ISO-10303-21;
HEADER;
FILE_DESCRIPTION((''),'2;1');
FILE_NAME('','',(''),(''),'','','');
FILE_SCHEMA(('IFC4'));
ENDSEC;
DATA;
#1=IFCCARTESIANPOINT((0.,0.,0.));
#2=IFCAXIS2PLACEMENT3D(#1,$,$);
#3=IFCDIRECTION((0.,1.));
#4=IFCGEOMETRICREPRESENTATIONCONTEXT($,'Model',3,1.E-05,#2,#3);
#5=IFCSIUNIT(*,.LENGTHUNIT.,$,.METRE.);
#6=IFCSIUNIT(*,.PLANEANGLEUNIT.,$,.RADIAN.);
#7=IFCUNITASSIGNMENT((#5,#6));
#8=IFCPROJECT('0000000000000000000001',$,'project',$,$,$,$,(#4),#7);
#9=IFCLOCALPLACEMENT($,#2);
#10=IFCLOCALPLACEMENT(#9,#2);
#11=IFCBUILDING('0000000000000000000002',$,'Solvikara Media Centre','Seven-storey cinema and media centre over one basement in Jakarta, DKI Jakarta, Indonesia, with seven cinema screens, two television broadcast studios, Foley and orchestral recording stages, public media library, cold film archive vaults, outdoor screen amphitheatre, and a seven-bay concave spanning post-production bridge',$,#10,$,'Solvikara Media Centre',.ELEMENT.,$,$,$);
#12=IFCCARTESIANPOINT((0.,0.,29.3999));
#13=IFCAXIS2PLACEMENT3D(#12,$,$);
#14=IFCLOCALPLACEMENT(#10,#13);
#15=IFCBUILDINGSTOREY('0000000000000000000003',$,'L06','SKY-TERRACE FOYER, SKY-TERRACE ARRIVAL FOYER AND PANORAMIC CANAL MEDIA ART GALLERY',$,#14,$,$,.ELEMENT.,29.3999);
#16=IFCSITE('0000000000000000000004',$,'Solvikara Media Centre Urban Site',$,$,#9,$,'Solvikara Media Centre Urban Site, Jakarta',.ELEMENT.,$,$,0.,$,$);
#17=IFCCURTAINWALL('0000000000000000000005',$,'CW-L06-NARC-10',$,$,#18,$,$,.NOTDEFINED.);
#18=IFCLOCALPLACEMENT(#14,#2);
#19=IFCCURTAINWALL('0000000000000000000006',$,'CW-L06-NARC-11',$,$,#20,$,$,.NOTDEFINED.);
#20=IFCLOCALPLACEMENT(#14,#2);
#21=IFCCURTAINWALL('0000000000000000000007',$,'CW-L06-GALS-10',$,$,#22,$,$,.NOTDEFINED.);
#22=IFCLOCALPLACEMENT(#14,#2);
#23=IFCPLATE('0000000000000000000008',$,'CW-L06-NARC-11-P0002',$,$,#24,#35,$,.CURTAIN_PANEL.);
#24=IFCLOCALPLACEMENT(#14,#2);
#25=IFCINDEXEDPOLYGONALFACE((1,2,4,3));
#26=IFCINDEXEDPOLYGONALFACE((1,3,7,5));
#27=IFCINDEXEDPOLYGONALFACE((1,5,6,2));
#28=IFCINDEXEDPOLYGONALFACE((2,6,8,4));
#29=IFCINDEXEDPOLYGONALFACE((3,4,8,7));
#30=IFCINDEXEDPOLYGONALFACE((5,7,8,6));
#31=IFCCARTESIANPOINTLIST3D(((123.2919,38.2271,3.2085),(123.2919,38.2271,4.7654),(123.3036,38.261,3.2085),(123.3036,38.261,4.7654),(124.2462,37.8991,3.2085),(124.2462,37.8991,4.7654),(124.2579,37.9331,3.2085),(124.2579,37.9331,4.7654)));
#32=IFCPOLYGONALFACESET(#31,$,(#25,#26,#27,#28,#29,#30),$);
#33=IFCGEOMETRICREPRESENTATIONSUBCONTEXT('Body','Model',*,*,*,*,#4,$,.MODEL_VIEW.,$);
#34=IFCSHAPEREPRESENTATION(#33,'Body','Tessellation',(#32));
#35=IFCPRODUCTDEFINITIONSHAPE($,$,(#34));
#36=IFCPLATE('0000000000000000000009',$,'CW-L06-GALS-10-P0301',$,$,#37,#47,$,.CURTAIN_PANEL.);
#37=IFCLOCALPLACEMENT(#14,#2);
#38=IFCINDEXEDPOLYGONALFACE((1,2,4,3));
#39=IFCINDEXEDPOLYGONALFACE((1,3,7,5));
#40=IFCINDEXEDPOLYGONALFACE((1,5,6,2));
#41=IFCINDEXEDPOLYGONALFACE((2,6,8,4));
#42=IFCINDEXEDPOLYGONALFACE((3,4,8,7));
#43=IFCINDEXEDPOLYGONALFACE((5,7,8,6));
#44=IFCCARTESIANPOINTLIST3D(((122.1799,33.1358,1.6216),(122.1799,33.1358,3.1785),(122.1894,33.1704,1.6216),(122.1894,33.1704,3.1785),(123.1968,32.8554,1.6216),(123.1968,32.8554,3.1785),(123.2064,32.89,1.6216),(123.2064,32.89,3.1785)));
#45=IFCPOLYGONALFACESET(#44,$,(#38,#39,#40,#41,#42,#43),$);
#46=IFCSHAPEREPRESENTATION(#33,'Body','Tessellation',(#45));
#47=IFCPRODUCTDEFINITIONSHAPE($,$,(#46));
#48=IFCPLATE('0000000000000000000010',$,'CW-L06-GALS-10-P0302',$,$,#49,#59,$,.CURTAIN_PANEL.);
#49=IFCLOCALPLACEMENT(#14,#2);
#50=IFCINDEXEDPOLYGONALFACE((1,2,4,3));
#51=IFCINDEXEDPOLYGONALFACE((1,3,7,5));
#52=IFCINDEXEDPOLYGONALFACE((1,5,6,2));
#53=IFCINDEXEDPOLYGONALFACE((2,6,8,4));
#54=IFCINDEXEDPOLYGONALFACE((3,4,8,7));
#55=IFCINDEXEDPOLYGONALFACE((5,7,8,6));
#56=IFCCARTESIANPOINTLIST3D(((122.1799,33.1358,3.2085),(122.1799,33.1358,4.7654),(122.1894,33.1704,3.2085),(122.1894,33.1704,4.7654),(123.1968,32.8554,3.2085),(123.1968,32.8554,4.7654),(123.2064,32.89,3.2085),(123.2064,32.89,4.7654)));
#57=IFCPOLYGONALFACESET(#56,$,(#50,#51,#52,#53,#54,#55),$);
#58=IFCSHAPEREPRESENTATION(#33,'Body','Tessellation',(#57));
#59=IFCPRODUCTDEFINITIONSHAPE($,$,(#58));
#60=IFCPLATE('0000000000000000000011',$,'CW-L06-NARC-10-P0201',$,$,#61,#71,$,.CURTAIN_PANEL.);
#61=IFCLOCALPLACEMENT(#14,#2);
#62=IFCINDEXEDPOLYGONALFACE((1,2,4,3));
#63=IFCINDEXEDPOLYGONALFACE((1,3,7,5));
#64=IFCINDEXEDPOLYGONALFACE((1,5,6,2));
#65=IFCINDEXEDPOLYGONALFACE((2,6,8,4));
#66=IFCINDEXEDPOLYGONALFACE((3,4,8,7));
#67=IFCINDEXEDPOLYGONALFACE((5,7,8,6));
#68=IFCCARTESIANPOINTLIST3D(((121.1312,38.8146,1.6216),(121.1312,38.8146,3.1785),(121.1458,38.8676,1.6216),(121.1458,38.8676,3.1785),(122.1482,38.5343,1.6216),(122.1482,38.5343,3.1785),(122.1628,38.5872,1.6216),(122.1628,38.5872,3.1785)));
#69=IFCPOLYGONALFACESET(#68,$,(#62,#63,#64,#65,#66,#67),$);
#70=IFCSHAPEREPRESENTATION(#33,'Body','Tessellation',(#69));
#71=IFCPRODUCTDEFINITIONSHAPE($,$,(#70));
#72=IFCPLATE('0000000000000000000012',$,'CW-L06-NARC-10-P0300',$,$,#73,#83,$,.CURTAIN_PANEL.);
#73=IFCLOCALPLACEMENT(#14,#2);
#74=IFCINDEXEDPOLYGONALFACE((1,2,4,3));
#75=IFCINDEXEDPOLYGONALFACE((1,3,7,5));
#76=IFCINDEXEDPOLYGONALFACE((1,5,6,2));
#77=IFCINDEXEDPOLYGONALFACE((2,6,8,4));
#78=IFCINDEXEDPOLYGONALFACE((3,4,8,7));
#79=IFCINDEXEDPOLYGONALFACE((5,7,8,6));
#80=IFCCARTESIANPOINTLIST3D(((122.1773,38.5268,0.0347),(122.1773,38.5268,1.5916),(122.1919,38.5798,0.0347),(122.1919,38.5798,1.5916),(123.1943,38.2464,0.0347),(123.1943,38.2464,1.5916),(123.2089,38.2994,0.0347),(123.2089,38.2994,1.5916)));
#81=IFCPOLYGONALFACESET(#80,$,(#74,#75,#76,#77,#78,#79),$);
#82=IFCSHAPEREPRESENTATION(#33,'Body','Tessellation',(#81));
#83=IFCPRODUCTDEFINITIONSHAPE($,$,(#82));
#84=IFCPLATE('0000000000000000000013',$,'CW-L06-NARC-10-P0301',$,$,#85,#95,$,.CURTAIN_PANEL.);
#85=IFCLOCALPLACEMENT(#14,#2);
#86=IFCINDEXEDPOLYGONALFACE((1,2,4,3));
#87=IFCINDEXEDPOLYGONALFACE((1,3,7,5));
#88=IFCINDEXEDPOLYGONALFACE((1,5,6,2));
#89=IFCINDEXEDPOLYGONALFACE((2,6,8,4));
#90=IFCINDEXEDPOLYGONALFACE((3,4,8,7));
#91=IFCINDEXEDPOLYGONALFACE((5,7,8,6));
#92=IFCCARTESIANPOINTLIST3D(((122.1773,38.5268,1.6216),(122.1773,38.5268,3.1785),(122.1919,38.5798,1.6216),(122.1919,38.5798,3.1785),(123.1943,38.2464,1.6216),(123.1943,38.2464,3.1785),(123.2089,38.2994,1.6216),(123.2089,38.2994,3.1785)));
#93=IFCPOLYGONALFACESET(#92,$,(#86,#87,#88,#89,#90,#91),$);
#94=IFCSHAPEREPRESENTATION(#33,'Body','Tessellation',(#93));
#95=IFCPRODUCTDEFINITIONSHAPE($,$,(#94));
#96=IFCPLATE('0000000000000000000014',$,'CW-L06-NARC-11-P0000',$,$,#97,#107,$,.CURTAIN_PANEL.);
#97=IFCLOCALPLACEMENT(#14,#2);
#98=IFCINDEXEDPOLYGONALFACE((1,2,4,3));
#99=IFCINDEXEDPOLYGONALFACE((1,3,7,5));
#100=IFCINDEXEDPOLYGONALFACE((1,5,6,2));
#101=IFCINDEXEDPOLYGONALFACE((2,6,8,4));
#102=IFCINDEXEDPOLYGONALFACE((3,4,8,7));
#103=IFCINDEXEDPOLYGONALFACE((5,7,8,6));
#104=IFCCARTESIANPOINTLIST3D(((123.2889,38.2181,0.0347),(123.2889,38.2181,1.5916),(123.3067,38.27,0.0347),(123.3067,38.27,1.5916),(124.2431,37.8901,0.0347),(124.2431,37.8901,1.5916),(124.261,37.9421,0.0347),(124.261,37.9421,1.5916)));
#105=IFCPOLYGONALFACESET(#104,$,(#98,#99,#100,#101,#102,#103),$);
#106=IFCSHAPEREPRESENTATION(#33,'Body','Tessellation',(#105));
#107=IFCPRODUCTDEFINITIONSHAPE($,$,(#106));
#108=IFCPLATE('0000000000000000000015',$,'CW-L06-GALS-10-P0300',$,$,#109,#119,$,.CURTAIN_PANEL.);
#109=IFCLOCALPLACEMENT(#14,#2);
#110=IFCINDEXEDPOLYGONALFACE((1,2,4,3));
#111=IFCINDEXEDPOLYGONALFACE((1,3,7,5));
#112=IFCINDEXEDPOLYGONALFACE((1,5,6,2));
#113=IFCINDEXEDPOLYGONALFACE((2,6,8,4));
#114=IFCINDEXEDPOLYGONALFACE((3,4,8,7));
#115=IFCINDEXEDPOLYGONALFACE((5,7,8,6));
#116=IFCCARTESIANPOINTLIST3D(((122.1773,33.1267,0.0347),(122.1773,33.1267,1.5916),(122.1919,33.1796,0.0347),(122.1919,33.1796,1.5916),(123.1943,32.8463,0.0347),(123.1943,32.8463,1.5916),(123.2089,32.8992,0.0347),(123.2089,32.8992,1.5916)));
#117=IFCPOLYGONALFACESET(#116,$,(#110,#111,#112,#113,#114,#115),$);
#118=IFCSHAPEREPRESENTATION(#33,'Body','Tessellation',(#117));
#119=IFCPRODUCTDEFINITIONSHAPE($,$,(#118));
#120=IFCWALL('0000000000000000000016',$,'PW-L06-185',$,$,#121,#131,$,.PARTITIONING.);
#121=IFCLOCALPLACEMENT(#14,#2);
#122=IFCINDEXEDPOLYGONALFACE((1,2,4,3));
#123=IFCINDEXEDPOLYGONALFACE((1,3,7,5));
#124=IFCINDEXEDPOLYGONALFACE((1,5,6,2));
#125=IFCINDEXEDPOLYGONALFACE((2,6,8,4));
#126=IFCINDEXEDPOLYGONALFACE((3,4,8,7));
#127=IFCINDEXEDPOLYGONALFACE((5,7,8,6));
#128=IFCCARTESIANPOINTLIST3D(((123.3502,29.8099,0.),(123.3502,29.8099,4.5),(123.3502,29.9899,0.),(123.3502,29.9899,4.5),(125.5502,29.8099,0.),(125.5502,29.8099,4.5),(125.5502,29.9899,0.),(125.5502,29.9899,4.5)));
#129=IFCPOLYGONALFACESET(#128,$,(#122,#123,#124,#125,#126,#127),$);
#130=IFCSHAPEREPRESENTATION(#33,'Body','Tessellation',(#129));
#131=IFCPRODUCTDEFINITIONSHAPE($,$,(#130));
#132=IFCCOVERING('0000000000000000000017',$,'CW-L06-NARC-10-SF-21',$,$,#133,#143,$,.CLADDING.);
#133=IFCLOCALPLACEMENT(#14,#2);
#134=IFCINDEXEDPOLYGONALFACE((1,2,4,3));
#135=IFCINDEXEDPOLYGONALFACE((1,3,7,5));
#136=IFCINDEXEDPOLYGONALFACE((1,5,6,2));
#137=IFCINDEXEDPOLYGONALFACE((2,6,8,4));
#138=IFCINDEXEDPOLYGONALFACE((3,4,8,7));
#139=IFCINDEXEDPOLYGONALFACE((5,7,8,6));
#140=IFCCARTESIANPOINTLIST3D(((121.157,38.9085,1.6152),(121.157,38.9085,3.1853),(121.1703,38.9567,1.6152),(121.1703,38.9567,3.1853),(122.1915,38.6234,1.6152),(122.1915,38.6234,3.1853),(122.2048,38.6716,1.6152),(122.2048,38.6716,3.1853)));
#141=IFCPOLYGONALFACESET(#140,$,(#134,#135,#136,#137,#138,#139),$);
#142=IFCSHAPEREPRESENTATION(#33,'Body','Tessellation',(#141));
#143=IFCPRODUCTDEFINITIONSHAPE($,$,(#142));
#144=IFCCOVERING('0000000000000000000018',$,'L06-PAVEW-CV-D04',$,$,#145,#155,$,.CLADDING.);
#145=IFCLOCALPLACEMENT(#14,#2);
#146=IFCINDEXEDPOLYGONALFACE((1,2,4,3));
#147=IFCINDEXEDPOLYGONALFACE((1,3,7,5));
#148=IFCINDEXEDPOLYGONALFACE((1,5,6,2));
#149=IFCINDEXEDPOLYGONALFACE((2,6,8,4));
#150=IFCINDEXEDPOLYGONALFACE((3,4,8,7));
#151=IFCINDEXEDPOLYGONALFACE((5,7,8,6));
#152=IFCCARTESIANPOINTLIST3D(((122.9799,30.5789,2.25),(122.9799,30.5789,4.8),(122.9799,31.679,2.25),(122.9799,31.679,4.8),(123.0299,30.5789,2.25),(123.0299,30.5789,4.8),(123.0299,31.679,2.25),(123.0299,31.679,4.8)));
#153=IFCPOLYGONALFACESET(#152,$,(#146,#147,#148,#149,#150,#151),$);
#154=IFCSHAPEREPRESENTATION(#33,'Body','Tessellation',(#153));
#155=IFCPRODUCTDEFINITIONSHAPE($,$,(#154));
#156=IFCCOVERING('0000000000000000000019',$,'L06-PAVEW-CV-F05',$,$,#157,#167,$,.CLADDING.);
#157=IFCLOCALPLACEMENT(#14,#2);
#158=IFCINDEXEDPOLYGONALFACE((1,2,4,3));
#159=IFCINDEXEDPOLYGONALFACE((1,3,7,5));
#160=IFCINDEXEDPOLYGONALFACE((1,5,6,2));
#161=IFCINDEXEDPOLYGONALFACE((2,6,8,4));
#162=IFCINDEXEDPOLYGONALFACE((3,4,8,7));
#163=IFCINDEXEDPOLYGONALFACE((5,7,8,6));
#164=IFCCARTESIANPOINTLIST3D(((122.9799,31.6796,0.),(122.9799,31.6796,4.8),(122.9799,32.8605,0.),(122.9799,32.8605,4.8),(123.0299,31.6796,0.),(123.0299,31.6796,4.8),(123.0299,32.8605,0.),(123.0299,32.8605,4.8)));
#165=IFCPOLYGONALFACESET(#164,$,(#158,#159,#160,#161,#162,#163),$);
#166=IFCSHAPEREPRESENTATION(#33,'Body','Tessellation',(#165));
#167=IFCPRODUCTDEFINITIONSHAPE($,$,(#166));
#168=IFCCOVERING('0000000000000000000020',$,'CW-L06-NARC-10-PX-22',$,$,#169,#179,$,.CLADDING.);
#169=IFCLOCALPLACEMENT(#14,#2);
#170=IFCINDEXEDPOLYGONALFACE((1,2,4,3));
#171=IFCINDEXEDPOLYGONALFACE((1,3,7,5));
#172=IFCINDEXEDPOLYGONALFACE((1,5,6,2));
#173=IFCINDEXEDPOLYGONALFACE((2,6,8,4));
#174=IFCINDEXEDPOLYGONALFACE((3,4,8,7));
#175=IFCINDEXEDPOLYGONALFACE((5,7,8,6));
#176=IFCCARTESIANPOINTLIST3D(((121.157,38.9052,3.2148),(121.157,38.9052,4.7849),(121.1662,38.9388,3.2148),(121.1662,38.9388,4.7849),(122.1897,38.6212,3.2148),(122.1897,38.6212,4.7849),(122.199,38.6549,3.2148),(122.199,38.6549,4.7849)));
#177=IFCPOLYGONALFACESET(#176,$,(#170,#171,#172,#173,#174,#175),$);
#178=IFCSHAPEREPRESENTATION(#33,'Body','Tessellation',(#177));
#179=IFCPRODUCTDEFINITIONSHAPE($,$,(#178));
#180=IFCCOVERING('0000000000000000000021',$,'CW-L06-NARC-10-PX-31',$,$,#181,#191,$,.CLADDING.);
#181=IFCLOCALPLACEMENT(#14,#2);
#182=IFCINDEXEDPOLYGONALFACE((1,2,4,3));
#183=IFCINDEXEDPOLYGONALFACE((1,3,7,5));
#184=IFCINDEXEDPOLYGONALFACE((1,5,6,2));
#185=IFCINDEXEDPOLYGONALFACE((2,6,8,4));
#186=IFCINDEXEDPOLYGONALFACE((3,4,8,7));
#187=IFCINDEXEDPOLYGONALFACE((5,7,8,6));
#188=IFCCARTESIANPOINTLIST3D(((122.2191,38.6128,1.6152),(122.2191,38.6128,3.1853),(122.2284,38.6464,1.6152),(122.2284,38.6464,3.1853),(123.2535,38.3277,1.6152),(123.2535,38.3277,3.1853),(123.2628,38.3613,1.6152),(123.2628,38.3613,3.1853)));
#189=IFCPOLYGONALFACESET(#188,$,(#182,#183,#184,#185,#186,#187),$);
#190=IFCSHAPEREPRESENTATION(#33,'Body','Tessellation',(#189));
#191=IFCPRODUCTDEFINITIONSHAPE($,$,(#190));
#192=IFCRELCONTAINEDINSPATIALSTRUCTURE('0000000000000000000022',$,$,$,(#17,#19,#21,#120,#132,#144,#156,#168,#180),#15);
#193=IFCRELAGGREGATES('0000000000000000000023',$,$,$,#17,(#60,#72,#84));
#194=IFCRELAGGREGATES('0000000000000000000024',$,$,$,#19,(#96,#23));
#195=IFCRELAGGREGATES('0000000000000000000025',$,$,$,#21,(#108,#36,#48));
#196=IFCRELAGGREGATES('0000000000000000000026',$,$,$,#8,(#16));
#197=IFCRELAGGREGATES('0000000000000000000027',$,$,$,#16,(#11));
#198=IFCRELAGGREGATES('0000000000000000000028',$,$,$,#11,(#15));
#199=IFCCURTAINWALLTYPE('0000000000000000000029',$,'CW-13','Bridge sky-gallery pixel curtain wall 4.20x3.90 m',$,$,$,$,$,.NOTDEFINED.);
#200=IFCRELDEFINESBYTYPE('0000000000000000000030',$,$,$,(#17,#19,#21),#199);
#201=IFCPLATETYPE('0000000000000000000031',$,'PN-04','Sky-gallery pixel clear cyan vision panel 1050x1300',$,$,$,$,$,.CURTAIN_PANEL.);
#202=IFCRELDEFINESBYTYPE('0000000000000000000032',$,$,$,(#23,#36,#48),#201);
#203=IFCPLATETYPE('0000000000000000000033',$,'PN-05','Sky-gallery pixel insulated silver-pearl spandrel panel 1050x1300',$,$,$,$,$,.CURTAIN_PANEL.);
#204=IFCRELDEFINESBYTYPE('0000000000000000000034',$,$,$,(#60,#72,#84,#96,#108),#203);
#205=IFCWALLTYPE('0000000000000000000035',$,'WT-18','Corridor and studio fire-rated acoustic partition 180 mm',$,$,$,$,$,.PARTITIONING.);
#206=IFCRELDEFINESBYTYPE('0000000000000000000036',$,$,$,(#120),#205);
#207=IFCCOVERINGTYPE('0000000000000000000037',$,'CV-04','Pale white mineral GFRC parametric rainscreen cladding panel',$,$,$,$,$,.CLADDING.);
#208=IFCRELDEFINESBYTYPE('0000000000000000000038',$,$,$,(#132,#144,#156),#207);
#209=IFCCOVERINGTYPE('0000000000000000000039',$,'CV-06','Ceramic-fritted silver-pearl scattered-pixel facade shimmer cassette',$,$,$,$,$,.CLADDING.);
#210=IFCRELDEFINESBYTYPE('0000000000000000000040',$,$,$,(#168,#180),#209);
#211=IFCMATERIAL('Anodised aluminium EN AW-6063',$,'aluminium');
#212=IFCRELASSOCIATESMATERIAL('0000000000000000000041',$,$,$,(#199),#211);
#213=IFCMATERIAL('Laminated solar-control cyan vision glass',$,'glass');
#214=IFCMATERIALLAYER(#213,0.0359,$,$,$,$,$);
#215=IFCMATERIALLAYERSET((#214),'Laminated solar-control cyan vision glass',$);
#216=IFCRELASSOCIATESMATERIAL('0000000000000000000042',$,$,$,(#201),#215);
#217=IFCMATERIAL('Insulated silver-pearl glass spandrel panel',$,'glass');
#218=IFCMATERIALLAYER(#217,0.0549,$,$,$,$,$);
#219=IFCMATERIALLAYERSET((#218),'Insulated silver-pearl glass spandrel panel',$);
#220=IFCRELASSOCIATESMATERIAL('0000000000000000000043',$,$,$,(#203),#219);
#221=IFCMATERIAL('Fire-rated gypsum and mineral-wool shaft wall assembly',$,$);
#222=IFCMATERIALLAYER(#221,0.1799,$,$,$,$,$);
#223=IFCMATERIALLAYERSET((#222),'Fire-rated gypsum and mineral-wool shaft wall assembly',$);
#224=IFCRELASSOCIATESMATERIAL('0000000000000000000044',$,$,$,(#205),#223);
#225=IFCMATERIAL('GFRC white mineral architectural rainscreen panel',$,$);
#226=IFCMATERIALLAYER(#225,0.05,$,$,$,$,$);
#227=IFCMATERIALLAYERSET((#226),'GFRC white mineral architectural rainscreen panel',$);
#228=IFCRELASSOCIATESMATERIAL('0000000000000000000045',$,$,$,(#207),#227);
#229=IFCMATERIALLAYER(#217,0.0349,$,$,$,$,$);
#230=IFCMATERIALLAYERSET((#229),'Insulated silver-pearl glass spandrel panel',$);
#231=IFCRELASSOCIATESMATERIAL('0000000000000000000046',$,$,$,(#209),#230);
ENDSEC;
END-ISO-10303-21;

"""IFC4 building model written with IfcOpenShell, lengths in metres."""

from ifc_helpers import new_model, si_unit, direction, frame, frame_2d, origin, origin_2d, place, context, subcontext, project, spatial, rectangle, extrude, material, layer, layer_set, type_object, element, aggregate, save


model = new_model("IFC4")

# Units and contexts
model_context = context("Model", 3, precision=1e-05, world=origin(), true_north=direction((0.0, 1.0)))
body_context = subcontext(model_context, "Body", "Model", "MODEL_VIEW")
ifc_project = project(units=[si_unit("LENGTHUNIT", "METRE"), si_unit("PLANEANGLEUNIT", "RADIAN")], contexts=[model_context])

# Site, building, storey
site_placement = place(None, origin())
site = spatial("IfcSite", under=ifc_project, at=site_placement, Name="Solvikara Media Centre Urban Site", LongName="Solvikara Media Centre Urban Site, Jakarta", CompositionType="ELEMENT", RefElevation=0.0)
building_placement = place(site_placement, origin())
building = spatial("IfcBuilding", under=site, at=building_placement, Name="Solvikara Media Centre", Description="Seven-storey cinema and media centre over one basement in Jakarta, DKI Jakarta, Indonesia, with seven cinema screens, two television broadcast studios, Foley and orchestral recording stages, public media library, cold film archive vaults, outdoor screen amphitheatre, and a seven-bay concave spanning post-production bridge", LongName="Solvikara Media Centre", CompositionType="ELEMENT")
storey_placement = place(building_placement, frame((0.0, 0.0, 29.3999)))
storey = spatial("IfcBuildingStorey", under=building, at=storey_placement, Name="L06", Description="SKY-TERRACE FOYER, SKY-TERRACE ARRIVAL FOYER AND PANORAMIC CANAL MEDIA ART GALLERY", CompositionType="ELEMENT", Elevation=29.3999)

# Curtain wall
ifc_material_1 = material(Name="Anodised aluminium EN AW-6063", Category="aluminium")
curtain_wall_type = type_object("IfcCurtainWallType", Name="CW-13", Description="Bridge sky-gallery pixel curtain wall 4.20x3.90 m", PredefinedType="NOTDEFINED", material=ifc_material_1)
curtain_wall_1_placement = place(storey_placement, origin())
curtain_wall_1 = element("IfcCurtainWall", 1, at=curtain_wall_1_placement, inside=storey, type_object=curtain_wall_type, Name="CW-L06-NARC-10", PredefinedType="NOTDEFINED")

# Curtain wall
curtain_wall_2_placement = place(storey_placement, origin())
curtain_wall_2 = element("IfcCurtainWall", 2, at=curtain_wall_2_placement, inside=storey, type_object=curtain_wall_type, Name="CW-L06-NARC-11", PredefinedType="NOTDEFINED")

# Curtain wall
curtain_wall_3_placement = place(storey_placement, origin())
curtain_wall_3 = element("IfcCurtainWall", 3, at=curtain_wall_3_placement, inside=storey, type_object=curtain_wall_type, Name="CW-L06-GALS-10", PredefinedType="NOTDEFINED")

# Plates
ifc_material_2 = material(Name="Laminated solar-control cyan vision glass", Category="glass")
ifc_layer_1 = layer(ifc_material_2, 0.0359)
ifc_layer_set_1 = layer_set([ifc_layer_1], Name="Laminated solar-control cyan vision glass")
plate_type_1 = type_object("IfcPlateType", Name="PN-04", Description="Sky-gallery pixel clear cyan vision panel 1050x1300", PredefinedType="CURTAIN_PANEL", material=ifc_layer_set_1)
plate_1_placement = place(storey_placement, frame((123.7749, 38.0801, 3.2085), z_axis=(0.0, 0.0, 1.0), x_axis=(0.945706, -0.325024, 0.0)))
plate_1 = element("IfcPlate", 4, at=plate_1_placement, type_object=plate_type_1, Name="CW-L06-NARC-11-P0002", PredefinedType="CURTAIN_PANEL", context=body_context, shape_type="SweptSolid", body=[
    extrude(rectangle(XDim=1.009, YDim=0.0359, at=origin_2d()), origin(), (0.0, 0.0, 1.0), 1.5569),
])
plate_2_placement = place(storey_placement, frame((122.6931, 33.0129, 1.6216), z_axis=(0.0, 0.0, 1.0), x_axis=(0.96403, -0.265792, 0.0)))
plate_2 = element("IfcPlate", 5, at=plate_2_placement, type_object=plate_type_1, Name="CW-L06-GALS-10-P0301", PredefinedType="CURTAIN_PANEL", context=body_context, shape_type="SweptSolid", body=[
    extrude(rectangle(XDim=1.0549, YDim=0.0359, at=origin_2d()), origin(), (0.0, 0.0, 1.0), 1.5569),
])
plate_3_placement = place(storey_placement, frame((122.6931, 33.0129, 3.2085), z_axis=(0.0, 0.0, 1.0), x_axis=(0.96403, -0.265792, 0.0)))
plate_3 = element("IfcPlate", 6, at=plate_3_placement, type_object=plate_type_1, Name="CW-L06-GALS-10-P0302", PredefinedType="CURTAIN_PANEL", context=body_context, shape_type="SweptSolid", body=[
    extrude(rectangle(XDim=1.0549, YDim=0.0359, at=origin_2d()), origin(), (0.0, 0.0, 1.0), 1.5569),
])
ifc_material_3 = material(Name="Insulated silver-pearl glass spandrel panel", Category="glass")
ifc_layer_2 = layer(ifc_material_3, 0.0549)
ifc_layer_set_2 = layer_set([ifc_layer_2], Name="Insulated silver-pearl glass spandrel panel")
plate_type_2 = type_object("IfcPlateType", Name="PN-05", Description="Sky-gallery pixel insulated silver-pearl spandrel panel 1050x1300", PredefinedType="CURTAIN_PANEL", material=ifc_layer_set_2)
plate_4_placement = place(storey_placement, frame((121.647, 38.7009, 1.6216), z_axis=(0.0, 0.0, 1.0), x_axis=(0.96403, -0.265792, 0.0)))
plate_4 = element("IfcPlate", 7, at=plate_4_placement, type_object=plate_type_2, Name="CW-L06-NARC-10-P0201", PredefinedType="CURTAIN_PANEL", context=body_context, shape_type="SweptSolid", body=[
    extrude(rectangle(XDim=1.0549, YDim=0.0549, at=origin_2d()), origin(), (0.0, 0.0, 1.0), 1.5569),
])
plate_5_placement = place(storey_placement, frame((122.6931, 38.4131, 0.0347), z_axis=(0.0, 0.0, 1.0), x_axis=(0.96403, -0.265792, 0.0)))
plate_5 = element("IfcPlate", 8, at=plate_5_placement, type_object=plate_type_2, Name="CW-L06-NARC-10-P0300", PredefinedType="CURTAIN_PANEL", context=body_context, shape_type="SweptSolid", body=[
    extrude(rectangle(XDim=1.0549, YDim=0.0549, at=origin_2d()), origin(), (0.0, 0.0, 1.0), 1.5569),
])
plate_6_placement = place(storey_placement, frame((122.6931, 38.4131, 1.6216), z_axis=(0.0, 0.0, 1.0), x_axis=(0.96403, -0.265792, 0.0)))
plate_6 = element("IfcPlate", 9, at=plate_6_placement, type_object=plate_type_2, Name="CW-L06-NARC-10-P0301", PredefinedType="CURTAIN_PANEL", context=body_context, shape_type="SweptSolid", body=[
    extrude(rectangle(XDim=1.0549, YDim=0.0549, at=origin_2d()), origin(), (0.0, 0.0, 1.0), 1.5569),
])
aggregate(curtain_wall_1, [plate_4, plate_5, plate_6])
plate_7_placement = place(storey_placement, frame((123.7749, 38.0801, 0.0347), z_axis=(0.0, 0.0, 1.0), x_axis=(0.945706, -0.325024, 0.0)))
plate_7 = element("IfcPlate", 10, at=plate_7_placement, type_object=plate_type_2, Name="CW-L06-NARC-11-P0000", PredefinedType="CURTAIN_PANEL", context=body_context, shape_type="SweptSolid", body=[
    extrude(rectangle(XDim=1.009, YDim=0.0549, at=origin_2d()), origin(), (0.0, 0.0, 1.0), 1.5569),
])
aggregate(curtain_wall_2, [plate_7, plate_1])
plate_8_placement = place(storey_placement, frame((122.6931, 33.0129, 0.0347), z_axis=(0.0, 0.0, 1.0), x_axis=(0.96403, -0.265792, 0.0)))
plate_8 = element("IfcPlate", 11, at=plate_8_placement, type_object=plate_type_2, Name="CW-L06-GALS-10-P0300", PredefinedType="CURTAIN_PANEL", context=body_context, shape_type="SweptSolid", body=[
    extrude(rectangle(XDim=1.0549, YDim=0.0549, at=origin_2d()), origin(), (0.0, 0.0, 1.0), 1.5569),
])
aggregate(curtain_wall_3, [plate_8, plate_2, plate_3])

# Wall
ifc_material_4 = material(Name="Fire-rated gypsum and mineral-wool shaft wall assembly")
ifc_layer_3 = layer(ifc_material_4, 0.1799)
ifc_layer_set_3 = layer_set([ifc_layer_3], Name="Fire-rated gypsum and mineral-wool shaft wall assembly")
wall_type = type_object("IfcWallType", Name="WT-18", Description="Corridor and studio fire-rated acoustic partition 180 mm", PredefinedType="PARTITIONING", material=ifc_layer_set_3)
wall_placement = place(storey_placement, frame((123.3501, 29.8999, 0.0), z_axis=(0.0, 0.0, 1.0), x_axis=(1.0, 0.0, 0.0)))
element("IfcWall", 12, at=wall_placement, inside=storey, type_object=wall_type, Name="PW-L06-185", PredefinedType="PARTITIONING", context=body_context, shape_type="SweptSolid", body=[
    extrude(rectangle(XDim=2.2, YDim=0.1799, at=frame_2d((1.1001, 0.0))), origin(), (0.0, 0.0, 1.0), 4.5),
])

# Coverings
ifc_material_5 = material(Name="GFRC white mineral architectural rainscreen panel")
ifc_layer_4 = layer(ifc_material_5, 0.05)
ifc_layer_set_4 = layer_set([ifc_layer_4], Name="GFRC white mineral architectural rainscreen panel")
covering_type_1 = type_object("IfcCoveringType", Name="CV-04", Description="Pale white mineral GFRC parametric rainscreen cladding panel", PredefinedType="CLADDING", material=ifc_layer_set_4)
covering_1_placement = place(storey_placement, frame((121.6809, 38.79, 1.6152), z_axis=(0.0, 0.0, 1.0), x_axis=(0.964049, -0.265724, 0.0)))
element("IfcCovering", 13, at=covering_1_placement, inside=storey, type_object=covering_type_1, Name="CW-L06-NARC-10-SF-21", PredefinedType="CLADDING", context=body_context, shape_type="SweptSolid", body=[
    extrude(rectangle(XDim=1.073, YDim=0.05, at=origin_2d()), origin(), (0.0, 0.0, 1.0), 1.5701),
])
covering_2_placement = place(storey_placement, frame((123.0049, 31.1289, 2.25), z_axis=(0.0, 0.0, 1.0), x_axis=(0.0, 1.0, 0.0)))
element("IfcCovering", 14, at=covering_2_placement, inside=storey, type_object=covering_type_1, Name="L06-PAVEW-CV-D04", PredefinedType="CLADDING", context=body_context, shape_type="SweptSolid", body=[
    extrude(rectangle(XDim=1.1001, YDim=0.05, at=origin_2d()), origin(), (0.0, 0.0, 1.0), 2.55),
])
covering_3_placement = place(storey_placement, frame((123.0049, 32.27, 0.0), z_axis=(0.0, 0.0, 1.0), x_axis=(0.0, 1.0, 0.0)))
element("IfcCovering", 15, at=covering_3_placement, inside=storey, type_object=covering_type_1, Name="L06-PAVEW-CV-F05", PredefinedType="CLADDING", context=body_context, shape_type="SweptSolid", body=[
    extrude(rectangle(XDim=1.1809, YDim=0.05, at=origin_2d()), origin(), (0.0, 0.0, 1.0), 4.8),
])
ifc_layer_5 = layer(ifc_material_3, 0.0349)
ifc_layer_set_5 = layer_set([ifc_layer_5], Name="Insulated silver-pearl glass spandrel panel")
covering_type_2 = type_object("IfcCoveringType", Name="CV-06", Description="Ceramic-fritted silver-pearl scattered-pixel facade shimmer cassette", PredefinedType="CLADDING", material=ifc_layer_set_5)
covering_4_placement = place(storey_placement, frame((121.678, 38.78, 3.2148), z_axis=(0.0, 0.0, 1.0), x_axis=(0.964225, -0.265085, 0.0)))
element("IfcCovering", 16, at=covering_4_placement, inside=storey, type_object=covering_type_2, Name="CW-L06-NARC-10-PX-22", PredefinedType="CLADDING", context=body_context, shape_type="SweptSolid", body=[
    extrude(rectangle(XDim=1.071, YDim=0.0349, at=origin_2d()), origin(), (0.0, 0.0, 1.0), 1.5701),
])
covering_5_placement = place(storey_placement, frame((122.741, 38.4871, 1.6152), z_axis=(0.0, 0.0, 1.0), x_axis=(0.964049, -0.265724, 0.0)))
element("IfcCovering", 17, at=covering_5_placement, inside=storey, type_object=covering_type_2, Name="CW-L06-NARC-10-PX-31", PredefinedType="CLADDING", context=body_context, shape_type="SweptSolid", body=[
    extrude(rectangle(XDim=1.073, YDim=0.0349, at=origin_2d()), origin(), (0.0, 0.0, 1.0), 1.5701),
])

save(model, "model.ifc")
